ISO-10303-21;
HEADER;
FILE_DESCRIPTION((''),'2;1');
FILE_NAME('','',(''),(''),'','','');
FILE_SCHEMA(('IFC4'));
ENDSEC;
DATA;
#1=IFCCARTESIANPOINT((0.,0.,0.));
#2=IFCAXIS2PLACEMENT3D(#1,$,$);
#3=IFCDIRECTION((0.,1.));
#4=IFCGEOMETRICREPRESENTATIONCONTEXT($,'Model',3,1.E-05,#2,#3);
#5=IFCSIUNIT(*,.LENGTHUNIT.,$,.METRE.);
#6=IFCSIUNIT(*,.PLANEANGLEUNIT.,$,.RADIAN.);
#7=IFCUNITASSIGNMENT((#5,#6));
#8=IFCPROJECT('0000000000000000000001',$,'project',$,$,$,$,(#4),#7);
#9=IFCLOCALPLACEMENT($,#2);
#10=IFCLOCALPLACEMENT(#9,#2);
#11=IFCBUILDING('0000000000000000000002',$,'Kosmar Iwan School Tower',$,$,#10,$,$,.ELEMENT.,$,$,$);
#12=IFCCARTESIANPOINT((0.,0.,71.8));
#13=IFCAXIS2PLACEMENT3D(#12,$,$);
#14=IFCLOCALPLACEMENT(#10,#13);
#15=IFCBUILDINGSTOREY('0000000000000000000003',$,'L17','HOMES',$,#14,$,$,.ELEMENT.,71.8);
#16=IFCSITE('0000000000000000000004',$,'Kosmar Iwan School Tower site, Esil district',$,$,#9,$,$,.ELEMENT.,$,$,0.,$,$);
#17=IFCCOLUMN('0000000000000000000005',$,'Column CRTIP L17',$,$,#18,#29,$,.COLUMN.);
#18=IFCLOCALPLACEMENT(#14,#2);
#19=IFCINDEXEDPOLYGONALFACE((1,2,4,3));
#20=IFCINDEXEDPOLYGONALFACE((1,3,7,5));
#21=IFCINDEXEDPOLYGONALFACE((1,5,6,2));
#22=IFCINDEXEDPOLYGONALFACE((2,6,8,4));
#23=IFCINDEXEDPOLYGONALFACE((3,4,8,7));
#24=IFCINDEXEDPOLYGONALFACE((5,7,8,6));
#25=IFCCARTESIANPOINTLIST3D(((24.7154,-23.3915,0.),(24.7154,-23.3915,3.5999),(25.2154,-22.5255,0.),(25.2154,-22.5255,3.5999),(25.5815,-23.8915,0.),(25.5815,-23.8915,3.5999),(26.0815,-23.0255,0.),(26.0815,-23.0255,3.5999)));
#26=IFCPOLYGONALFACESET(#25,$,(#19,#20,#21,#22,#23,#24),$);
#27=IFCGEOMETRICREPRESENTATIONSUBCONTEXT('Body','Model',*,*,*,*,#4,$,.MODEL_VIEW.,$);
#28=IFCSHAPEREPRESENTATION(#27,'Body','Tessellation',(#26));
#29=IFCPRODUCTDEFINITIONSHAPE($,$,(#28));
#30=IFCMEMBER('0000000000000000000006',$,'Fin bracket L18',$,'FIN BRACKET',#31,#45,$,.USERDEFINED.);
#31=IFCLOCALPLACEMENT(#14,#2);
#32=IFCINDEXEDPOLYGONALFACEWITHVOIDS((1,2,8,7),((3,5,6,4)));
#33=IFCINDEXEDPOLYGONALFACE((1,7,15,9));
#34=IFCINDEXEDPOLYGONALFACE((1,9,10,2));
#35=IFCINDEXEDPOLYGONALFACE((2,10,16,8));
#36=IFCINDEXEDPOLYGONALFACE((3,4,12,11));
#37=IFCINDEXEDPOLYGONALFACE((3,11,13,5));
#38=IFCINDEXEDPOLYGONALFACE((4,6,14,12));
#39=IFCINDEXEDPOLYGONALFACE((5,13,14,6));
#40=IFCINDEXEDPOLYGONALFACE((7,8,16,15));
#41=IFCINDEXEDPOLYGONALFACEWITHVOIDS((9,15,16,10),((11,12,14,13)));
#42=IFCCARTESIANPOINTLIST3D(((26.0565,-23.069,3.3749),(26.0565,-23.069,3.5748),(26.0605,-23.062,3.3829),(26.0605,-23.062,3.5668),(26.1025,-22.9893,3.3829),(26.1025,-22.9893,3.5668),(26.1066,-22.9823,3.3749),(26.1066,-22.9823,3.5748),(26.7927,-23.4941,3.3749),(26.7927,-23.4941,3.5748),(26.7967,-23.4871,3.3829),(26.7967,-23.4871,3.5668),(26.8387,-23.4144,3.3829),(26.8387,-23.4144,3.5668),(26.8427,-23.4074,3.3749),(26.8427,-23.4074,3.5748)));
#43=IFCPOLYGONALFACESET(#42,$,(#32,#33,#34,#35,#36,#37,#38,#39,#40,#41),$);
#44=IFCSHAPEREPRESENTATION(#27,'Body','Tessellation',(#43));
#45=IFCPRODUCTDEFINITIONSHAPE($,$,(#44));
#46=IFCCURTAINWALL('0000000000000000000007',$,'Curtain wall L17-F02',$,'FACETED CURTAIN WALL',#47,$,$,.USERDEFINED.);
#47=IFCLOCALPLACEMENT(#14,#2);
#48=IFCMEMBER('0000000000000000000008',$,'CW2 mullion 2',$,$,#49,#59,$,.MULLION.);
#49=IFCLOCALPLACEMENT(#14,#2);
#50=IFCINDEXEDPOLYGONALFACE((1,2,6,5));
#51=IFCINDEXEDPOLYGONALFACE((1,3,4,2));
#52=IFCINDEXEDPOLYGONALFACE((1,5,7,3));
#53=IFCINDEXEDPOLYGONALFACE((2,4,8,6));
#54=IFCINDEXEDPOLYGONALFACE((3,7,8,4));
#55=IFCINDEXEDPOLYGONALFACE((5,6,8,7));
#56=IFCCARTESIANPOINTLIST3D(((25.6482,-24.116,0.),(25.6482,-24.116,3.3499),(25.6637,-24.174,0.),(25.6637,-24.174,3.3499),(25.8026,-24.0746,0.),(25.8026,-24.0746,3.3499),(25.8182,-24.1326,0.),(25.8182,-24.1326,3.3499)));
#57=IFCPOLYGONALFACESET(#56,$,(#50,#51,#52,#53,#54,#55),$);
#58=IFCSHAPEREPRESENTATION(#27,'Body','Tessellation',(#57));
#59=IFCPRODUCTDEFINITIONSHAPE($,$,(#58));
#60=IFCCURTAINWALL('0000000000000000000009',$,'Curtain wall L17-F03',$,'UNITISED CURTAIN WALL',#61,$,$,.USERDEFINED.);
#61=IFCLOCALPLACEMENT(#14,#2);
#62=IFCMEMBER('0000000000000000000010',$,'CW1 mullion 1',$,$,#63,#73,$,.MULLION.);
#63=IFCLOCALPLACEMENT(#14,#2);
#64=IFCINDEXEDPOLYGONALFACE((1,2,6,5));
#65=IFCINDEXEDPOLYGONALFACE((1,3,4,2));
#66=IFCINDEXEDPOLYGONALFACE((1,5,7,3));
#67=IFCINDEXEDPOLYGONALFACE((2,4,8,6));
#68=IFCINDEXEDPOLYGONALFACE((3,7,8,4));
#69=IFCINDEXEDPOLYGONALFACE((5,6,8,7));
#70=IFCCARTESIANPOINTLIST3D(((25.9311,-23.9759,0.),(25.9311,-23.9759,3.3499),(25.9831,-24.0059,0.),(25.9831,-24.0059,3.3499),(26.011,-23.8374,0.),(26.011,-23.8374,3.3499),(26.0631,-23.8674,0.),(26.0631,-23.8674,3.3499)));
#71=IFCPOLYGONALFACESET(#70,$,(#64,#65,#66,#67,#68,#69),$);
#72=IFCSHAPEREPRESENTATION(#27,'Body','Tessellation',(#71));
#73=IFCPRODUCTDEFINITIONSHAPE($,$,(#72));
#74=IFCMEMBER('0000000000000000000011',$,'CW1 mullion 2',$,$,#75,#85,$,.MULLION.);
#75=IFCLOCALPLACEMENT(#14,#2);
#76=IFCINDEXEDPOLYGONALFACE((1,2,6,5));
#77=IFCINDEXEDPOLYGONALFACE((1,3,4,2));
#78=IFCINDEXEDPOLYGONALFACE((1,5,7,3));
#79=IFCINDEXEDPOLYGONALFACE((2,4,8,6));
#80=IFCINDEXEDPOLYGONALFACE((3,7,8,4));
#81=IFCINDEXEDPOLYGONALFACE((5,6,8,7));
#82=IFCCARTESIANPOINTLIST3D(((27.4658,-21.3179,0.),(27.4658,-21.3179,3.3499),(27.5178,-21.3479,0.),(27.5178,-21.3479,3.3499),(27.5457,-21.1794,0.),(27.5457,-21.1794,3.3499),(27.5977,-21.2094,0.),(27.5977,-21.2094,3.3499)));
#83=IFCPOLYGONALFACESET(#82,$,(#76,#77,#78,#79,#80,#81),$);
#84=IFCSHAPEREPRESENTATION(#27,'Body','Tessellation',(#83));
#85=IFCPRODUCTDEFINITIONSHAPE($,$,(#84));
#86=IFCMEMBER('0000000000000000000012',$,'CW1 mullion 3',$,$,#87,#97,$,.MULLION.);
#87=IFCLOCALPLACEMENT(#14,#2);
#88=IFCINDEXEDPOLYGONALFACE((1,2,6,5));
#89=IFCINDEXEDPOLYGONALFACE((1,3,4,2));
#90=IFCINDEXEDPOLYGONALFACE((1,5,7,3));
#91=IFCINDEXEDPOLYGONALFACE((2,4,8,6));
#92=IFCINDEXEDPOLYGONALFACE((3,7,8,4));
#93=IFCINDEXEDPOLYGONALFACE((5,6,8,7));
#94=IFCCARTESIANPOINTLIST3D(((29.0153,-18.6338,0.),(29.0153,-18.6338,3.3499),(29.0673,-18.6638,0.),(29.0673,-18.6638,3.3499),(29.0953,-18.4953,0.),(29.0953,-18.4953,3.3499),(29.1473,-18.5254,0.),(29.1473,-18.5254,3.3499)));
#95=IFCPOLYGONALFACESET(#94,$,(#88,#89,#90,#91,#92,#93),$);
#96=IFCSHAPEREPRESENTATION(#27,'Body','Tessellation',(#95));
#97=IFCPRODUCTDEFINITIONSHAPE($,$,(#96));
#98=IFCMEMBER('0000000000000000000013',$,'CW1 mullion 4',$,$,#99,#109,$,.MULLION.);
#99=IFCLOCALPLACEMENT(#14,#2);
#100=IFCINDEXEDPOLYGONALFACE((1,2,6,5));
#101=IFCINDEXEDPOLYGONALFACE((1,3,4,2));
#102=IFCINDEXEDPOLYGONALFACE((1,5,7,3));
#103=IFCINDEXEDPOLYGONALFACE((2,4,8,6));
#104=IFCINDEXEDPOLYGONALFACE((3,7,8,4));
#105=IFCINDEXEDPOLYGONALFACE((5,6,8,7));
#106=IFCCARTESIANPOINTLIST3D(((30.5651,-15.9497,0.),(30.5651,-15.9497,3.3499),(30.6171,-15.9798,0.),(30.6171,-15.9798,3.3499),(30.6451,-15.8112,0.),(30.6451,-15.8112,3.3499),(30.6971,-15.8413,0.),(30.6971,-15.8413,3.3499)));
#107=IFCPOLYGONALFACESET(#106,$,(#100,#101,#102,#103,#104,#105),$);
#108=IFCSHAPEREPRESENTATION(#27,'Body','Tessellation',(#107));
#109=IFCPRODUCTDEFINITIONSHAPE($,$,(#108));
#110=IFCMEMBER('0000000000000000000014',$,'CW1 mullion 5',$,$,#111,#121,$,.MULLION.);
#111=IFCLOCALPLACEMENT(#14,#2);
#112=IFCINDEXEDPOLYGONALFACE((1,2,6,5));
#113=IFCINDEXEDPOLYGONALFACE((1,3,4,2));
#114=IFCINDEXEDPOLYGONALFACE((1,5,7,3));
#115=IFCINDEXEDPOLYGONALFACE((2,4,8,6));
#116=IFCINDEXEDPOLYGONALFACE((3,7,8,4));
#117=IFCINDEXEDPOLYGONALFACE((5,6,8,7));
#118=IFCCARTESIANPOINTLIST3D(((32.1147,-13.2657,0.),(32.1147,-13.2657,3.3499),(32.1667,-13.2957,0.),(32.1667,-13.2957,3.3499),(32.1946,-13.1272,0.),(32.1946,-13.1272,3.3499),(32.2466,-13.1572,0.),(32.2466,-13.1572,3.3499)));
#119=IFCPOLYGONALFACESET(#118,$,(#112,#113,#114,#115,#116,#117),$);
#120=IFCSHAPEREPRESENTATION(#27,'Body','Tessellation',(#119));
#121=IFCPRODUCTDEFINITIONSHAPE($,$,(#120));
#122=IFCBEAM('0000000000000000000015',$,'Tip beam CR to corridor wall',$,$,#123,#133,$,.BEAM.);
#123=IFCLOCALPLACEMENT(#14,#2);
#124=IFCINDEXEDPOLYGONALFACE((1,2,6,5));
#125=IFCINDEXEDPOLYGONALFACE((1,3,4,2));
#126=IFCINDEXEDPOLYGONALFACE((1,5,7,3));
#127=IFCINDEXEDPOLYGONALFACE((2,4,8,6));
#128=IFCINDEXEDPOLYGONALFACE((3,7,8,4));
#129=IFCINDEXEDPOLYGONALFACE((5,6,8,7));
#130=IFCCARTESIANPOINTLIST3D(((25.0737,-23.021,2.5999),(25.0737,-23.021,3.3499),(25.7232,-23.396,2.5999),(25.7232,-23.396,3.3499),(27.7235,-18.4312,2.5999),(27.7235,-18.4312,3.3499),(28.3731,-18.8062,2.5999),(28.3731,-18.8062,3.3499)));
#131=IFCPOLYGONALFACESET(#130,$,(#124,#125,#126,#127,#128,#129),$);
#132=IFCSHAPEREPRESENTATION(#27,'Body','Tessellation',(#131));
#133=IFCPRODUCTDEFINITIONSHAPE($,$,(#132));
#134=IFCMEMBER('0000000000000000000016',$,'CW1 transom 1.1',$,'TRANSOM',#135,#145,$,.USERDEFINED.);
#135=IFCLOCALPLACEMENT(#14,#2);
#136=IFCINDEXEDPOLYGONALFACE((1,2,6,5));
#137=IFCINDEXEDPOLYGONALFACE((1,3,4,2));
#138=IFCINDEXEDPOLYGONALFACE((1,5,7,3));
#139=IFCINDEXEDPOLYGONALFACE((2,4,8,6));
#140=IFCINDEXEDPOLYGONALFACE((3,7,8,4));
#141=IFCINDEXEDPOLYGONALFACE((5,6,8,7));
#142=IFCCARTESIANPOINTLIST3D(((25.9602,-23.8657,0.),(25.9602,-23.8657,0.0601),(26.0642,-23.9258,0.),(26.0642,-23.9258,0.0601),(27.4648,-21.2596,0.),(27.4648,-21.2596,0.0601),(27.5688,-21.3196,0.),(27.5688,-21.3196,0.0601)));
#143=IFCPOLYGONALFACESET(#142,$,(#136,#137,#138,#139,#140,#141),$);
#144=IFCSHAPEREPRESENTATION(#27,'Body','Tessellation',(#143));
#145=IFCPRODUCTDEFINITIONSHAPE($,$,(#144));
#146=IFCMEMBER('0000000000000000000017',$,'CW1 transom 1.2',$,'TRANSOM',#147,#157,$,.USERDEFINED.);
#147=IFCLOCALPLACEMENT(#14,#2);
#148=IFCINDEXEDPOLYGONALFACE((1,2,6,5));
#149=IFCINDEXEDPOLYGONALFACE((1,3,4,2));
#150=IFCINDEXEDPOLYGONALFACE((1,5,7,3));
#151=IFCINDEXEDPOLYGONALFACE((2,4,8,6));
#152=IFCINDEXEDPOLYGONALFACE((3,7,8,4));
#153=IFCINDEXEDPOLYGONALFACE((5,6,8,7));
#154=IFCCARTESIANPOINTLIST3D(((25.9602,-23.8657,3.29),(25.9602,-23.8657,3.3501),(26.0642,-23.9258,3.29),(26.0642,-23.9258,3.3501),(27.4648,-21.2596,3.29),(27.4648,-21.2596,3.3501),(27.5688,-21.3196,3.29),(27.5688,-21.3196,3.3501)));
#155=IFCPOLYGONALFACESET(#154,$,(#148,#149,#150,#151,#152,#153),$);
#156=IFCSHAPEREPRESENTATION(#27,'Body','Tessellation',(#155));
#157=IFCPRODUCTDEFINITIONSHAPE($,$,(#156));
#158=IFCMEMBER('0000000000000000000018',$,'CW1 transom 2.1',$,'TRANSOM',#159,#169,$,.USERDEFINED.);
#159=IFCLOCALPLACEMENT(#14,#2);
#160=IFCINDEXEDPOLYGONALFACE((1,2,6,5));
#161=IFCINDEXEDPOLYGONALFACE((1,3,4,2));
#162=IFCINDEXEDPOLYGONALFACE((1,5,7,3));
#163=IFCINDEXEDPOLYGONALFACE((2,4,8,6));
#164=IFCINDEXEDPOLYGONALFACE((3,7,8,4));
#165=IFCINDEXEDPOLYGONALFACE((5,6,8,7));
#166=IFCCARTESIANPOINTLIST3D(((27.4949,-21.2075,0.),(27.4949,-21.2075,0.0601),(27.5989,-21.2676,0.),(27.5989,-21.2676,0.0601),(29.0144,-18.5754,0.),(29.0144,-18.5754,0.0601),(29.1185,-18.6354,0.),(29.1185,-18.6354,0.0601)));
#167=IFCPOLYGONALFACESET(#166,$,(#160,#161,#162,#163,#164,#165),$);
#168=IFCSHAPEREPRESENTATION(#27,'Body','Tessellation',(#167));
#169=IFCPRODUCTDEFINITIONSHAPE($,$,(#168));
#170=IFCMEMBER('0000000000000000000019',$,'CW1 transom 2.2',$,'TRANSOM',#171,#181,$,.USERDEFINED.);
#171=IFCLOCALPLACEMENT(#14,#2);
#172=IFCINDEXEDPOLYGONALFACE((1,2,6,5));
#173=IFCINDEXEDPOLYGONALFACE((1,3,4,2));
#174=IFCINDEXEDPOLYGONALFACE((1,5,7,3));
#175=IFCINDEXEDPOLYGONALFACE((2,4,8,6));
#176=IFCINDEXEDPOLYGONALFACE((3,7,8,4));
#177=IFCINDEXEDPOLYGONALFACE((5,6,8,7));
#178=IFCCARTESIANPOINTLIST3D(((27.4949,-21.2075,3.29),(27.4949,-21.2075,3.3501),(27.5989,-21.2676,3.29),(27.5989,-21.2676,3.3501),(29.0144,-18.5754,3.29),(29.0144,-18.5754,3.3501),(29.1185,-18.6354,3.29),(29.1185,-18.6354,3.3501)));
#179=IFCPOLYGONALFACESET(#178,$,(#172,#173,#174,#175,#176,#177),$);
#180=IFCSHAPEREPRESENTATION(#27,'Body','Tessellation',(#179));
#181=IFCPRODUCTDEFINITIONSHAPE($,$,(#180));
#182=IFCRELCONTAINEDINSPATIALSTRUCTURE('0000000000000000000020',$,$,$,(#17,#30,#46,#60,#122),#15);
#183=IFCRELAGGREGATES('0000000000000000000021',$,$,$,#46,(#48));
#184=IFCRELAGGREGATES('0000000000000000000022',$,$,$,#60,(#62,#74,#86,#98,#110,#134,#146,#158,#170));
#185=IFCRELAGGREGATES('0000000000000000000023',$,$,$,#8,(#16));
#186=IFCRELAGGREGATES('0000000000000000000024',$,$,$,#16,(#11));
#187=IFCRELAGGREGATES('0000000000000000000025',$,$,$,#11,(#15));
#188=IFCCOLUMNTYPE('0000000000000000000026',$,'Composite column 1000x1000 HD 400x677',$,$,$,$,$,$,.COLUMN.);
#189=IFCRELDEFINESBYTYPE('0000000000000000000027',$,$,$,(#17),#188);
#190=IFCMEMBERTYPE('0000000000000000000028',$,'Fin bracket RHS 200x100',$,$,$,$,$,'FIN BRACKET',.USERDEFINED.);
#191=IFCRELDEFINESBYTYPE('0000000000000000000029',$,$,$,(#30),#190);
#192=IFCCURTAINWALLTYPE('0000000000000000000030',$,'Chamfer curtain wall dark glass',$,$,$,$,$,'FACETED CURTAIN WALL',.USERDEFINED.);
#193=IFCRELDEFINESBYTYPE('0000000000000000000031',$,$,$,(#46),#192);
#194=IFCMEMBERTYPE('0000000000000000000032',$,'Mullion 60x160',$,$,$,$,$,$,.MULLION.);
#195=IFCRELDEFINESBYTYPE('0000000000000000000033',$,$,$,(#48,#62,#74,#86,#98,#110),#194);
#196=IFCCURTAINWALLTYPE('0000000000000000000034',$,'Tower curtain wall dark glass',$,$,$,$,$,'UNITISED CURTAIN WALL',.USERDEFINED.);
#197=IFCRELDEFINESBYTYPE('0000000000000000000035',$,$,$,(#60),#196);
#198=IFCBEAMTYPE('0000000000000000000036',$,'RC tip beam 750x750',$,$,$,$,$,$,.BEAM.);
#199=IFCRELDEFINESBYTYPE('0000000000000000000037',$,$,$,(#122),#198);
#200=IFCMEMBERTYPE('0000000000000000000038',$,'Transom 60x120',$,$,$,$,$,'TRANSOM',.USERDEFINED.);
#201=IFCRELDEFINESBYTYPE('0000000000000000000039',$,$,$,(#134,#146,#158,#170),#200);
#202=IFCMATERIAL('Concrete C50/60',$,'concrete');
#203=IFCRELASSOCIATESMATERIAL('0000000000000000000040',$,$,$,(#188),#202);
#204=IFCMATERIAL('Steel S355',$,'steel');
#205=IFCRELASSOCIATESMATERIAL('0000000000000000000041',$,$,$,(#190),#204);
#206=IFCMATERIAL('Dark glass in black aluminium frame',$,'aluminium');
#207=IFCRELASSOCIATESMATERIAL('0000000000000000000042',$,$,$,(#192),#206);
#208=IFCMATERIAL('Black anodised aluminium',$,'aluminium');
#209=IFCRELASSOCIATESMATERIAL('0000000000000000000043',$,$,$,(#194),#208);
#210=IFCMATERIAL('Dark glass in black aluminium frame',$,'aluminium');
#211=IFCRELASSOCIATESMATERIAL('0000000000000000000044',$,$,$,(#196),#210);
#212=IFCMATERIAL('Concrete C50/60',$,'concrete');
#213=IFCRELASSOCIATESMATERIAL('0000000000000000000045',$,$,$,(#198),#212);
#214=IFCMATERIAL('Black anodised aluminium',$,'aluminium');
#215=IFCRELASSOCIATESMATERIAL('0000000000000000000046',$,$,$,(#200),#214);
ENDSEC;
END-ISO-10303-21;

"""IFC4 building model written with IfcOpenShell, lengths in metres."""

from ifc_helpers import new_model, si_unit, direction, frame, origin, origin_2d, place, context, subcontext, project, spatial, rectangle, hollow_rectangle, extrude, material, material_profile, profile_set, type_object, element, aggregate, save


model = new_model("IFC4")

# Units and contexts
model_context = context("Model", 3, precision=1e-05, world=origin(), true_north=direction((0.0, 1.0)))
body_context = subcontext(model_context, "Body", "Model", "MODEL_VIEW")
ifc_project = project(units=[si_unit("LENGTHUNIT", "METRE"), si_unit("PLANEANGLEUNIT", "RADIAN")], contexts=[model_context])

# Site, building, storey
site_placement = place(None, origin())
site = spatial("IfcSite", under=ifc_project, at=site_placement, Name="Kosmar Iwan School Tower site, Esil district", CompositionType="ELEMENT", RefElevation=0.0)
building_placement = place(site_placement, origin())
building = spatial("IfcBuilding", under=site, at=building_placement, Name="Kosmar Iwan School Tower", CompositionType="ELEMENT")
storey_placement = place(building_placement, frame((0.0, 0.0, 71.8)))
storey = spatial("IfcBuildingStorey", under=building, at=storey_placement, Name="L17", Description="HOMES", CompositionType="ELEMENT", Elevation=71.8)

# Column
ifc_material_1 = material(Name="Concrete C50/60", Category="concrete")
ifc_material_profile_1 = material_profile(ifc_material_1, rectangle(XDim=1.0, YDim=1.0, at=origin_2d()), Name="RC 1000x1000 + HD 400x677")
ifc_profile_set_1 = profile_set([ifc_material_profile_1], Name="Concrete C50/60")
column_type = type_object("IfcColumnType", Name="Composite column 1000x1000 HD 400x677", PredefinedType="COLUMN", material=ifc_profile_set_1)
column_placement = place(storey_placement, frame((25.3984, -23.2085, 0.0), z_axis=(0.0, 0.0, 1.0), x_axis=(0.866025, -0.5, 0.0)))
element("IfcColumn", 1, at=column_placement, inside=storey, type_object=column_type, Name="Column CRTIP L17", PredefinedType="COLUMN", context=body_context, shape_type="SweptSolid", body=[
    extrude(rectangle(XDim=1.0, YDim=1.0, at=origin_2d()), origin(), (0.0, 0.0, 1.0), 3.5999),
])

# Member
ifc_material_2 = material(Name="Steel S355", Category="steel")
ifc_material_profile_2 = material_profile(ifc_material_2, hollow_rectangle(XDim=0.1001, YDim=0.2, WallThickness=0.0081, at=origin_2d()), Name="RHS 200x100x8")
ifc_profile_set_2 = profile_set([ifc_material_profile_2], Name="Steel S355")
member_type_1 = type_object("IfcMemberType", Name="Fin bracket RHS 200x100", ElementType="FIN BRACKET", PredefinedType="USERDEFINED", material=ifc_profile_set_2)
member_1_placement = place(storey_placement, frame((26.0815, -23.0256, 3.4749), z_axis=(0.865989, -0.500062, 0.0), x_axis=(0.500062, 0.865989, 0.0)))
element("IfcMember", 2, at=member_1_placement, inside=storey, type_object=member_type_1, Name="Fin bracket L18", ObjectType="FIN BRACKET", PredefinedType="USERDEFINED", context=body_context, shape_type="SweptSolid", body=[
    extrude(hollow_rectangle(XDim=0.1001, YDim=0.2, WallThickness=0.0081, at=origin_2d()), origin(), (0.0, 0.0, 1.0), 0.8501),
])

# Curtain wall, member
ifc_material_3 = material(Name="Dark glass in black aluminium frame", Category="aluminium")
curtain_wall_type_1 = type_object("IfcCurtainWallType", Name="Chamfer curtain wall dark glass", ElementType="FACETED CURTAIN WALL", PredefinedType="USERDEFINED", material=ifc_material_3)
curtain_wall_1_placement = place(storey_placement, origin())
curtain_wall_1 = element("IfcCurtainWall", 3, at=curtain_wall_1_placement, inside=storey, type_object=curtain_wall_type_1, Name="Curtain wall L17-F02", ObjectType="FACETED CURTAIN WALL", PredefinedType="USERDEFINED")
ifc_material_4 = material(Name="Black anodised aluminium", Category="aluminium")
ifc_material_profile_3 = material_profile(ifc_material_4, rectangle(XDim=0.0601, YDim=0.1599, at=origin_2d()), Name="MULLION 60x160")
ifc_profile_set_3 = profile_set([ifc_material_profile_3], Name="Black anodised aluminium")
member_type_2 = type_object("IfcMemberType", Name="Mullion 60x160", PredefinedType="MULLION", material=ifc_profile_set_3)
member_2_placement = place(storey_placement, frame((25.7332, -24.1243, 0.0), z_axis=(0.0, 0.0, 1.0), x_axis=(-0.258819, 0.965926, 0.0)))
member_2 = element("IfcMember", 4, at=member_2_placement, type_object=member_type_2, Name="CW2 mullion 2", PredefinedType="MULLION", context=body_context, shape_type="SweptSolid", body=[
    extrude(rectangle(XDim=0.0601, YDim=0.1599, at=origin_2d()), origin(), (0.0, 0.0, 1.0), 3.3499),
])

# Curtain wall, members
ifc_material_5 = material(Name="Dark glass in black aluminium frame", Category="aluminium")
curtain_wall_type_2 = type_object("IfcCurtainWallType", Name="Tower curtain wall dark glass", ElementType="UNITISED CURTAIN WALL", PredefinedType="USERDEFINED", material=ifc_material_5)
curtain_wall_2_placement = place(storey_placement, origin())
curtain_wall_2 = element("IfcCurtainWall", 5, at=curtain_wall_2_placement, inside=storey, type_object=curtain_wall_type_2, Name="Curtain wall L17-F03", ObjectType="UNITISED CURTAIN WALL", PredefinedType="USERDEFINED")
member_3_placement = place(storey_placement, frame((25.9971, -23.9216, 0.0), z_axis=(0.0, 0.0, 1.0), x_axis=(-0.866025, 0.5, 0.0)))
member_3 = element("IfcMember", 6, at=member_3_placement, type_object=member_type_2, Name="CW1 mullion 1", PredefinedType="MULLION", context=body_context, shape_type="SweptSolid", body=[
    extrude(rectangle(XDim=0.0601, YDim=0.1599, at=origin_2d()), origin(), (0.0, 0.0, 1.0), 3.3499),
])
member_4_placement = place(storey_placement, frame((27.5317, -21.2637, 0.0), z_axis=(0.0, 0.0, 1.0), x_axis=(-0.866025, 0.5, 0.0)))
member_4 = element("IfcMember", 7, at=member_4_placement, type_object=member_type_2, Name="CW1 mullion 2", PredefinedType="MULLION", context=body_context, shape_type="SweptSolid", body=[
    extrude(rectangle(XDim=0.0601, YDim=0.1599, at=origin_2d()), origin(), (0.0, 0.0, 1.0), 3.3499),
])
member_5_placement = place(storey_placement, frame((29.0813, -18.5796, 0.0), z_axis=(0.0, 0.0, 1.0), x_axis=(-0.866025, 0.5, 0.0)))
member_5 = element("IfcMember", 8, at=member_5_placement, type_object=member_type_2, Name="CW1 mullion 3", PredefinedType="MULLION", context=body_context, shape_type="SweptSolid", body=[
    extrude(rectangle(XDim=0.0601, YDim=0.1599, at=origin_2d()), origin(), (0.0, 0.0, 1.0), 3.3499),
])
member_6_placement = place(storey_placement, frame((30.6311, -15.8955, 0.0), z_axis=(0.0, 0.0, 1.0), x_axis=(-0.866025, 0.5, 0.0)))
member_6 = element("IfcMember", 9, at=member_6_placement, type_object=member_type_2, Name="CW1 mullion 4", PredefinedType="MULLION", context=body_context, shape_type="SweptSolid", body=[
    extrude(rectangle(XDim=0.0601, YDim=0.1599, at=origin_2d()), origin(), (0.0, 0.0, 1.0), 3.3499),
])
member_7_placement = place(storey_placement, frame((32.1807, -13.2114, 0.0), z_axis=(0.0, 0.0, 1.0), x_axis=(-0.866025, 0.5, 0.0)))
member_7 = element("IfcMember", 10, at=member_7_placement, type_object=member_type_2, Name="CW1 mullion 5", PredefinedType="MULLION", context=body_context, shape_type="SweptSolid", body=[
    extrude(rectangle(XDim=0.0601, YDim=0.1599, at=origin_2d()), origin(), (0.0, 0.0, 1.0), 3.3499),
])

# Beam
ifc_material_6 = material(Name="Concrete C50/60", Category="concrete")
ifc_material_profile_4 = material_profile(ifc_material_6, rectangle(XDim=0.75, YDim=0.75, at=origin_2d()), Name="RC 750x750")
ifc_profile_set_4 = profile_set([ifc_material_profile_4], Name="Concrete C50/60")
beam_type = type_object("IfcBeamType", Name="RC tip beam 750x750", PredefinedType="BEAM", material=ifc_profile_set_4)
beam_placement = place(storey_placement, frame((25.3984, -23.2085, 2.9749), z_axis=(0.499994, 0.866029, 0.0), x_axis=(-0.866029, 0.499994, 0.0)))
element("IfcBeam", 11, at=beam_placement, inside=storey, type_object=beam_type, Name="Tip beam CR to corridor wall", PredefinedType="BEAM", context=body_context, shape_type="SweptSolid", body=[
    extrude(rectangle(XDim=0.75, YDim=0.75, at=origin_2d()), origin(), (0.0, 0.0, 1.0), 5.2998),
])

# Members
ifc_material_7 = material(Name="Black anodised aluminium", Category="aluminium")
ifc_material_profile_5 = material_profile(ifc_material_7, rectangle(XDim=0.1201, YDim=0.0601, at=origin_2d()), Name="TRANSOM 60x120")
ifc_profile_set_5 = profile_set([ifc_material_profile_5], Name="Black anodised aluminium")
member_type_3 = type_object("IfcMemberType", Name="Transom 60x120", ElementType="TRANSOM", PredefinedType="USERDEFINED", material=ifc_profile_set_5)
member_8_placement = place(storey_placement, frame((26.0122, -23.8958, 0.03), z_axis=(0.499987, 0.866033, 0.0), x_axis=(-0.866033, 0.499987, 0.0)))
member_8 = element("IfcMember", 12, at=member_8_placement, type_object=member_type_3, Name="CW1 transom 1.1", ObjectType="TRANSOM", PredefinedType="USERDEFINED", context=body_context, shape_type="SweptSolid", body=[
    extrude(rectangle(XDim=0.1201, YDim=0.0601, at=origin_2d()), origin(), (0.0, 0.0, 1.0), 3.0093),
])
member_9_placement = place(storey_placement, frame((26.0122, -23.8958, 3.3201), z_axis=(0.499987, 0.866033, 0.0), x_axis=(-0.866033, 0.499987, 0.0)))
member_9 = element("IfcMember", 13, at=member_9_placement, type_object=member_type_3, Name="CW1 transom 1.2", ObjectType="TRANSOM", PredefinedType="USERDEFINED", context=body_context, shape_type="SweptSolid", body=[
    extrude(rectangle(XDim=0.1201, YDim=0.0601, at=origin_2d()), origin(), (0.0, 0.0, 1.0), 3.0093),
])
member_10_placement = place(storey_placement, frame((27.5469, -21.2375, 0.03), z_axis=(0.499975, 0.86604, 0.0), x_axis=(-0.86604, 0.499975, 0.0)))
member_10 = element("IfcMember", 14, at=member_10_placement, type_object=member_type_3, Name="CW1 transom 2.1", ObjectType="TRANSOM", PredefinedType="USERDEFINED", context=body_context, shape_type="SweptSolid", body=[
    extrude(rectangle(XDim=0.1201, YDim=0.0601, at=origin_2d()), origin(), (0.0, 0.0, 1.0), 3.0393),
])
member_11_placement = place(storey_placement, frame((27.5469, -21.2375, 3.3201), z_axis=(0.499975, 0.86604, 0.0), x_axis=(-0.86604, 0.499975, 0.0)))
member_11 = element("IfcMember", 15, at=member_11_placement, type_object=member_type_3, Name="CW1 transom 2.2", ObjectType="TRANSOM", PredefinedType="USERDEFINED", context=body_context, shape_type="SweptSolid", body=[
    extrude(rectangle(XDim=0.1201, YDim=0.0601, at=origin_2d()), origin(), (0.0, 0.0, 1.0), 3.0393),
])

aggregate(curtain_wall_1, [member_2])
aggregate(curtain_wall_2, [member_3, member_4, member_5, member_6, member_7, member_8, member_9, member_10, member_11])

save(model, "model.ifc")
